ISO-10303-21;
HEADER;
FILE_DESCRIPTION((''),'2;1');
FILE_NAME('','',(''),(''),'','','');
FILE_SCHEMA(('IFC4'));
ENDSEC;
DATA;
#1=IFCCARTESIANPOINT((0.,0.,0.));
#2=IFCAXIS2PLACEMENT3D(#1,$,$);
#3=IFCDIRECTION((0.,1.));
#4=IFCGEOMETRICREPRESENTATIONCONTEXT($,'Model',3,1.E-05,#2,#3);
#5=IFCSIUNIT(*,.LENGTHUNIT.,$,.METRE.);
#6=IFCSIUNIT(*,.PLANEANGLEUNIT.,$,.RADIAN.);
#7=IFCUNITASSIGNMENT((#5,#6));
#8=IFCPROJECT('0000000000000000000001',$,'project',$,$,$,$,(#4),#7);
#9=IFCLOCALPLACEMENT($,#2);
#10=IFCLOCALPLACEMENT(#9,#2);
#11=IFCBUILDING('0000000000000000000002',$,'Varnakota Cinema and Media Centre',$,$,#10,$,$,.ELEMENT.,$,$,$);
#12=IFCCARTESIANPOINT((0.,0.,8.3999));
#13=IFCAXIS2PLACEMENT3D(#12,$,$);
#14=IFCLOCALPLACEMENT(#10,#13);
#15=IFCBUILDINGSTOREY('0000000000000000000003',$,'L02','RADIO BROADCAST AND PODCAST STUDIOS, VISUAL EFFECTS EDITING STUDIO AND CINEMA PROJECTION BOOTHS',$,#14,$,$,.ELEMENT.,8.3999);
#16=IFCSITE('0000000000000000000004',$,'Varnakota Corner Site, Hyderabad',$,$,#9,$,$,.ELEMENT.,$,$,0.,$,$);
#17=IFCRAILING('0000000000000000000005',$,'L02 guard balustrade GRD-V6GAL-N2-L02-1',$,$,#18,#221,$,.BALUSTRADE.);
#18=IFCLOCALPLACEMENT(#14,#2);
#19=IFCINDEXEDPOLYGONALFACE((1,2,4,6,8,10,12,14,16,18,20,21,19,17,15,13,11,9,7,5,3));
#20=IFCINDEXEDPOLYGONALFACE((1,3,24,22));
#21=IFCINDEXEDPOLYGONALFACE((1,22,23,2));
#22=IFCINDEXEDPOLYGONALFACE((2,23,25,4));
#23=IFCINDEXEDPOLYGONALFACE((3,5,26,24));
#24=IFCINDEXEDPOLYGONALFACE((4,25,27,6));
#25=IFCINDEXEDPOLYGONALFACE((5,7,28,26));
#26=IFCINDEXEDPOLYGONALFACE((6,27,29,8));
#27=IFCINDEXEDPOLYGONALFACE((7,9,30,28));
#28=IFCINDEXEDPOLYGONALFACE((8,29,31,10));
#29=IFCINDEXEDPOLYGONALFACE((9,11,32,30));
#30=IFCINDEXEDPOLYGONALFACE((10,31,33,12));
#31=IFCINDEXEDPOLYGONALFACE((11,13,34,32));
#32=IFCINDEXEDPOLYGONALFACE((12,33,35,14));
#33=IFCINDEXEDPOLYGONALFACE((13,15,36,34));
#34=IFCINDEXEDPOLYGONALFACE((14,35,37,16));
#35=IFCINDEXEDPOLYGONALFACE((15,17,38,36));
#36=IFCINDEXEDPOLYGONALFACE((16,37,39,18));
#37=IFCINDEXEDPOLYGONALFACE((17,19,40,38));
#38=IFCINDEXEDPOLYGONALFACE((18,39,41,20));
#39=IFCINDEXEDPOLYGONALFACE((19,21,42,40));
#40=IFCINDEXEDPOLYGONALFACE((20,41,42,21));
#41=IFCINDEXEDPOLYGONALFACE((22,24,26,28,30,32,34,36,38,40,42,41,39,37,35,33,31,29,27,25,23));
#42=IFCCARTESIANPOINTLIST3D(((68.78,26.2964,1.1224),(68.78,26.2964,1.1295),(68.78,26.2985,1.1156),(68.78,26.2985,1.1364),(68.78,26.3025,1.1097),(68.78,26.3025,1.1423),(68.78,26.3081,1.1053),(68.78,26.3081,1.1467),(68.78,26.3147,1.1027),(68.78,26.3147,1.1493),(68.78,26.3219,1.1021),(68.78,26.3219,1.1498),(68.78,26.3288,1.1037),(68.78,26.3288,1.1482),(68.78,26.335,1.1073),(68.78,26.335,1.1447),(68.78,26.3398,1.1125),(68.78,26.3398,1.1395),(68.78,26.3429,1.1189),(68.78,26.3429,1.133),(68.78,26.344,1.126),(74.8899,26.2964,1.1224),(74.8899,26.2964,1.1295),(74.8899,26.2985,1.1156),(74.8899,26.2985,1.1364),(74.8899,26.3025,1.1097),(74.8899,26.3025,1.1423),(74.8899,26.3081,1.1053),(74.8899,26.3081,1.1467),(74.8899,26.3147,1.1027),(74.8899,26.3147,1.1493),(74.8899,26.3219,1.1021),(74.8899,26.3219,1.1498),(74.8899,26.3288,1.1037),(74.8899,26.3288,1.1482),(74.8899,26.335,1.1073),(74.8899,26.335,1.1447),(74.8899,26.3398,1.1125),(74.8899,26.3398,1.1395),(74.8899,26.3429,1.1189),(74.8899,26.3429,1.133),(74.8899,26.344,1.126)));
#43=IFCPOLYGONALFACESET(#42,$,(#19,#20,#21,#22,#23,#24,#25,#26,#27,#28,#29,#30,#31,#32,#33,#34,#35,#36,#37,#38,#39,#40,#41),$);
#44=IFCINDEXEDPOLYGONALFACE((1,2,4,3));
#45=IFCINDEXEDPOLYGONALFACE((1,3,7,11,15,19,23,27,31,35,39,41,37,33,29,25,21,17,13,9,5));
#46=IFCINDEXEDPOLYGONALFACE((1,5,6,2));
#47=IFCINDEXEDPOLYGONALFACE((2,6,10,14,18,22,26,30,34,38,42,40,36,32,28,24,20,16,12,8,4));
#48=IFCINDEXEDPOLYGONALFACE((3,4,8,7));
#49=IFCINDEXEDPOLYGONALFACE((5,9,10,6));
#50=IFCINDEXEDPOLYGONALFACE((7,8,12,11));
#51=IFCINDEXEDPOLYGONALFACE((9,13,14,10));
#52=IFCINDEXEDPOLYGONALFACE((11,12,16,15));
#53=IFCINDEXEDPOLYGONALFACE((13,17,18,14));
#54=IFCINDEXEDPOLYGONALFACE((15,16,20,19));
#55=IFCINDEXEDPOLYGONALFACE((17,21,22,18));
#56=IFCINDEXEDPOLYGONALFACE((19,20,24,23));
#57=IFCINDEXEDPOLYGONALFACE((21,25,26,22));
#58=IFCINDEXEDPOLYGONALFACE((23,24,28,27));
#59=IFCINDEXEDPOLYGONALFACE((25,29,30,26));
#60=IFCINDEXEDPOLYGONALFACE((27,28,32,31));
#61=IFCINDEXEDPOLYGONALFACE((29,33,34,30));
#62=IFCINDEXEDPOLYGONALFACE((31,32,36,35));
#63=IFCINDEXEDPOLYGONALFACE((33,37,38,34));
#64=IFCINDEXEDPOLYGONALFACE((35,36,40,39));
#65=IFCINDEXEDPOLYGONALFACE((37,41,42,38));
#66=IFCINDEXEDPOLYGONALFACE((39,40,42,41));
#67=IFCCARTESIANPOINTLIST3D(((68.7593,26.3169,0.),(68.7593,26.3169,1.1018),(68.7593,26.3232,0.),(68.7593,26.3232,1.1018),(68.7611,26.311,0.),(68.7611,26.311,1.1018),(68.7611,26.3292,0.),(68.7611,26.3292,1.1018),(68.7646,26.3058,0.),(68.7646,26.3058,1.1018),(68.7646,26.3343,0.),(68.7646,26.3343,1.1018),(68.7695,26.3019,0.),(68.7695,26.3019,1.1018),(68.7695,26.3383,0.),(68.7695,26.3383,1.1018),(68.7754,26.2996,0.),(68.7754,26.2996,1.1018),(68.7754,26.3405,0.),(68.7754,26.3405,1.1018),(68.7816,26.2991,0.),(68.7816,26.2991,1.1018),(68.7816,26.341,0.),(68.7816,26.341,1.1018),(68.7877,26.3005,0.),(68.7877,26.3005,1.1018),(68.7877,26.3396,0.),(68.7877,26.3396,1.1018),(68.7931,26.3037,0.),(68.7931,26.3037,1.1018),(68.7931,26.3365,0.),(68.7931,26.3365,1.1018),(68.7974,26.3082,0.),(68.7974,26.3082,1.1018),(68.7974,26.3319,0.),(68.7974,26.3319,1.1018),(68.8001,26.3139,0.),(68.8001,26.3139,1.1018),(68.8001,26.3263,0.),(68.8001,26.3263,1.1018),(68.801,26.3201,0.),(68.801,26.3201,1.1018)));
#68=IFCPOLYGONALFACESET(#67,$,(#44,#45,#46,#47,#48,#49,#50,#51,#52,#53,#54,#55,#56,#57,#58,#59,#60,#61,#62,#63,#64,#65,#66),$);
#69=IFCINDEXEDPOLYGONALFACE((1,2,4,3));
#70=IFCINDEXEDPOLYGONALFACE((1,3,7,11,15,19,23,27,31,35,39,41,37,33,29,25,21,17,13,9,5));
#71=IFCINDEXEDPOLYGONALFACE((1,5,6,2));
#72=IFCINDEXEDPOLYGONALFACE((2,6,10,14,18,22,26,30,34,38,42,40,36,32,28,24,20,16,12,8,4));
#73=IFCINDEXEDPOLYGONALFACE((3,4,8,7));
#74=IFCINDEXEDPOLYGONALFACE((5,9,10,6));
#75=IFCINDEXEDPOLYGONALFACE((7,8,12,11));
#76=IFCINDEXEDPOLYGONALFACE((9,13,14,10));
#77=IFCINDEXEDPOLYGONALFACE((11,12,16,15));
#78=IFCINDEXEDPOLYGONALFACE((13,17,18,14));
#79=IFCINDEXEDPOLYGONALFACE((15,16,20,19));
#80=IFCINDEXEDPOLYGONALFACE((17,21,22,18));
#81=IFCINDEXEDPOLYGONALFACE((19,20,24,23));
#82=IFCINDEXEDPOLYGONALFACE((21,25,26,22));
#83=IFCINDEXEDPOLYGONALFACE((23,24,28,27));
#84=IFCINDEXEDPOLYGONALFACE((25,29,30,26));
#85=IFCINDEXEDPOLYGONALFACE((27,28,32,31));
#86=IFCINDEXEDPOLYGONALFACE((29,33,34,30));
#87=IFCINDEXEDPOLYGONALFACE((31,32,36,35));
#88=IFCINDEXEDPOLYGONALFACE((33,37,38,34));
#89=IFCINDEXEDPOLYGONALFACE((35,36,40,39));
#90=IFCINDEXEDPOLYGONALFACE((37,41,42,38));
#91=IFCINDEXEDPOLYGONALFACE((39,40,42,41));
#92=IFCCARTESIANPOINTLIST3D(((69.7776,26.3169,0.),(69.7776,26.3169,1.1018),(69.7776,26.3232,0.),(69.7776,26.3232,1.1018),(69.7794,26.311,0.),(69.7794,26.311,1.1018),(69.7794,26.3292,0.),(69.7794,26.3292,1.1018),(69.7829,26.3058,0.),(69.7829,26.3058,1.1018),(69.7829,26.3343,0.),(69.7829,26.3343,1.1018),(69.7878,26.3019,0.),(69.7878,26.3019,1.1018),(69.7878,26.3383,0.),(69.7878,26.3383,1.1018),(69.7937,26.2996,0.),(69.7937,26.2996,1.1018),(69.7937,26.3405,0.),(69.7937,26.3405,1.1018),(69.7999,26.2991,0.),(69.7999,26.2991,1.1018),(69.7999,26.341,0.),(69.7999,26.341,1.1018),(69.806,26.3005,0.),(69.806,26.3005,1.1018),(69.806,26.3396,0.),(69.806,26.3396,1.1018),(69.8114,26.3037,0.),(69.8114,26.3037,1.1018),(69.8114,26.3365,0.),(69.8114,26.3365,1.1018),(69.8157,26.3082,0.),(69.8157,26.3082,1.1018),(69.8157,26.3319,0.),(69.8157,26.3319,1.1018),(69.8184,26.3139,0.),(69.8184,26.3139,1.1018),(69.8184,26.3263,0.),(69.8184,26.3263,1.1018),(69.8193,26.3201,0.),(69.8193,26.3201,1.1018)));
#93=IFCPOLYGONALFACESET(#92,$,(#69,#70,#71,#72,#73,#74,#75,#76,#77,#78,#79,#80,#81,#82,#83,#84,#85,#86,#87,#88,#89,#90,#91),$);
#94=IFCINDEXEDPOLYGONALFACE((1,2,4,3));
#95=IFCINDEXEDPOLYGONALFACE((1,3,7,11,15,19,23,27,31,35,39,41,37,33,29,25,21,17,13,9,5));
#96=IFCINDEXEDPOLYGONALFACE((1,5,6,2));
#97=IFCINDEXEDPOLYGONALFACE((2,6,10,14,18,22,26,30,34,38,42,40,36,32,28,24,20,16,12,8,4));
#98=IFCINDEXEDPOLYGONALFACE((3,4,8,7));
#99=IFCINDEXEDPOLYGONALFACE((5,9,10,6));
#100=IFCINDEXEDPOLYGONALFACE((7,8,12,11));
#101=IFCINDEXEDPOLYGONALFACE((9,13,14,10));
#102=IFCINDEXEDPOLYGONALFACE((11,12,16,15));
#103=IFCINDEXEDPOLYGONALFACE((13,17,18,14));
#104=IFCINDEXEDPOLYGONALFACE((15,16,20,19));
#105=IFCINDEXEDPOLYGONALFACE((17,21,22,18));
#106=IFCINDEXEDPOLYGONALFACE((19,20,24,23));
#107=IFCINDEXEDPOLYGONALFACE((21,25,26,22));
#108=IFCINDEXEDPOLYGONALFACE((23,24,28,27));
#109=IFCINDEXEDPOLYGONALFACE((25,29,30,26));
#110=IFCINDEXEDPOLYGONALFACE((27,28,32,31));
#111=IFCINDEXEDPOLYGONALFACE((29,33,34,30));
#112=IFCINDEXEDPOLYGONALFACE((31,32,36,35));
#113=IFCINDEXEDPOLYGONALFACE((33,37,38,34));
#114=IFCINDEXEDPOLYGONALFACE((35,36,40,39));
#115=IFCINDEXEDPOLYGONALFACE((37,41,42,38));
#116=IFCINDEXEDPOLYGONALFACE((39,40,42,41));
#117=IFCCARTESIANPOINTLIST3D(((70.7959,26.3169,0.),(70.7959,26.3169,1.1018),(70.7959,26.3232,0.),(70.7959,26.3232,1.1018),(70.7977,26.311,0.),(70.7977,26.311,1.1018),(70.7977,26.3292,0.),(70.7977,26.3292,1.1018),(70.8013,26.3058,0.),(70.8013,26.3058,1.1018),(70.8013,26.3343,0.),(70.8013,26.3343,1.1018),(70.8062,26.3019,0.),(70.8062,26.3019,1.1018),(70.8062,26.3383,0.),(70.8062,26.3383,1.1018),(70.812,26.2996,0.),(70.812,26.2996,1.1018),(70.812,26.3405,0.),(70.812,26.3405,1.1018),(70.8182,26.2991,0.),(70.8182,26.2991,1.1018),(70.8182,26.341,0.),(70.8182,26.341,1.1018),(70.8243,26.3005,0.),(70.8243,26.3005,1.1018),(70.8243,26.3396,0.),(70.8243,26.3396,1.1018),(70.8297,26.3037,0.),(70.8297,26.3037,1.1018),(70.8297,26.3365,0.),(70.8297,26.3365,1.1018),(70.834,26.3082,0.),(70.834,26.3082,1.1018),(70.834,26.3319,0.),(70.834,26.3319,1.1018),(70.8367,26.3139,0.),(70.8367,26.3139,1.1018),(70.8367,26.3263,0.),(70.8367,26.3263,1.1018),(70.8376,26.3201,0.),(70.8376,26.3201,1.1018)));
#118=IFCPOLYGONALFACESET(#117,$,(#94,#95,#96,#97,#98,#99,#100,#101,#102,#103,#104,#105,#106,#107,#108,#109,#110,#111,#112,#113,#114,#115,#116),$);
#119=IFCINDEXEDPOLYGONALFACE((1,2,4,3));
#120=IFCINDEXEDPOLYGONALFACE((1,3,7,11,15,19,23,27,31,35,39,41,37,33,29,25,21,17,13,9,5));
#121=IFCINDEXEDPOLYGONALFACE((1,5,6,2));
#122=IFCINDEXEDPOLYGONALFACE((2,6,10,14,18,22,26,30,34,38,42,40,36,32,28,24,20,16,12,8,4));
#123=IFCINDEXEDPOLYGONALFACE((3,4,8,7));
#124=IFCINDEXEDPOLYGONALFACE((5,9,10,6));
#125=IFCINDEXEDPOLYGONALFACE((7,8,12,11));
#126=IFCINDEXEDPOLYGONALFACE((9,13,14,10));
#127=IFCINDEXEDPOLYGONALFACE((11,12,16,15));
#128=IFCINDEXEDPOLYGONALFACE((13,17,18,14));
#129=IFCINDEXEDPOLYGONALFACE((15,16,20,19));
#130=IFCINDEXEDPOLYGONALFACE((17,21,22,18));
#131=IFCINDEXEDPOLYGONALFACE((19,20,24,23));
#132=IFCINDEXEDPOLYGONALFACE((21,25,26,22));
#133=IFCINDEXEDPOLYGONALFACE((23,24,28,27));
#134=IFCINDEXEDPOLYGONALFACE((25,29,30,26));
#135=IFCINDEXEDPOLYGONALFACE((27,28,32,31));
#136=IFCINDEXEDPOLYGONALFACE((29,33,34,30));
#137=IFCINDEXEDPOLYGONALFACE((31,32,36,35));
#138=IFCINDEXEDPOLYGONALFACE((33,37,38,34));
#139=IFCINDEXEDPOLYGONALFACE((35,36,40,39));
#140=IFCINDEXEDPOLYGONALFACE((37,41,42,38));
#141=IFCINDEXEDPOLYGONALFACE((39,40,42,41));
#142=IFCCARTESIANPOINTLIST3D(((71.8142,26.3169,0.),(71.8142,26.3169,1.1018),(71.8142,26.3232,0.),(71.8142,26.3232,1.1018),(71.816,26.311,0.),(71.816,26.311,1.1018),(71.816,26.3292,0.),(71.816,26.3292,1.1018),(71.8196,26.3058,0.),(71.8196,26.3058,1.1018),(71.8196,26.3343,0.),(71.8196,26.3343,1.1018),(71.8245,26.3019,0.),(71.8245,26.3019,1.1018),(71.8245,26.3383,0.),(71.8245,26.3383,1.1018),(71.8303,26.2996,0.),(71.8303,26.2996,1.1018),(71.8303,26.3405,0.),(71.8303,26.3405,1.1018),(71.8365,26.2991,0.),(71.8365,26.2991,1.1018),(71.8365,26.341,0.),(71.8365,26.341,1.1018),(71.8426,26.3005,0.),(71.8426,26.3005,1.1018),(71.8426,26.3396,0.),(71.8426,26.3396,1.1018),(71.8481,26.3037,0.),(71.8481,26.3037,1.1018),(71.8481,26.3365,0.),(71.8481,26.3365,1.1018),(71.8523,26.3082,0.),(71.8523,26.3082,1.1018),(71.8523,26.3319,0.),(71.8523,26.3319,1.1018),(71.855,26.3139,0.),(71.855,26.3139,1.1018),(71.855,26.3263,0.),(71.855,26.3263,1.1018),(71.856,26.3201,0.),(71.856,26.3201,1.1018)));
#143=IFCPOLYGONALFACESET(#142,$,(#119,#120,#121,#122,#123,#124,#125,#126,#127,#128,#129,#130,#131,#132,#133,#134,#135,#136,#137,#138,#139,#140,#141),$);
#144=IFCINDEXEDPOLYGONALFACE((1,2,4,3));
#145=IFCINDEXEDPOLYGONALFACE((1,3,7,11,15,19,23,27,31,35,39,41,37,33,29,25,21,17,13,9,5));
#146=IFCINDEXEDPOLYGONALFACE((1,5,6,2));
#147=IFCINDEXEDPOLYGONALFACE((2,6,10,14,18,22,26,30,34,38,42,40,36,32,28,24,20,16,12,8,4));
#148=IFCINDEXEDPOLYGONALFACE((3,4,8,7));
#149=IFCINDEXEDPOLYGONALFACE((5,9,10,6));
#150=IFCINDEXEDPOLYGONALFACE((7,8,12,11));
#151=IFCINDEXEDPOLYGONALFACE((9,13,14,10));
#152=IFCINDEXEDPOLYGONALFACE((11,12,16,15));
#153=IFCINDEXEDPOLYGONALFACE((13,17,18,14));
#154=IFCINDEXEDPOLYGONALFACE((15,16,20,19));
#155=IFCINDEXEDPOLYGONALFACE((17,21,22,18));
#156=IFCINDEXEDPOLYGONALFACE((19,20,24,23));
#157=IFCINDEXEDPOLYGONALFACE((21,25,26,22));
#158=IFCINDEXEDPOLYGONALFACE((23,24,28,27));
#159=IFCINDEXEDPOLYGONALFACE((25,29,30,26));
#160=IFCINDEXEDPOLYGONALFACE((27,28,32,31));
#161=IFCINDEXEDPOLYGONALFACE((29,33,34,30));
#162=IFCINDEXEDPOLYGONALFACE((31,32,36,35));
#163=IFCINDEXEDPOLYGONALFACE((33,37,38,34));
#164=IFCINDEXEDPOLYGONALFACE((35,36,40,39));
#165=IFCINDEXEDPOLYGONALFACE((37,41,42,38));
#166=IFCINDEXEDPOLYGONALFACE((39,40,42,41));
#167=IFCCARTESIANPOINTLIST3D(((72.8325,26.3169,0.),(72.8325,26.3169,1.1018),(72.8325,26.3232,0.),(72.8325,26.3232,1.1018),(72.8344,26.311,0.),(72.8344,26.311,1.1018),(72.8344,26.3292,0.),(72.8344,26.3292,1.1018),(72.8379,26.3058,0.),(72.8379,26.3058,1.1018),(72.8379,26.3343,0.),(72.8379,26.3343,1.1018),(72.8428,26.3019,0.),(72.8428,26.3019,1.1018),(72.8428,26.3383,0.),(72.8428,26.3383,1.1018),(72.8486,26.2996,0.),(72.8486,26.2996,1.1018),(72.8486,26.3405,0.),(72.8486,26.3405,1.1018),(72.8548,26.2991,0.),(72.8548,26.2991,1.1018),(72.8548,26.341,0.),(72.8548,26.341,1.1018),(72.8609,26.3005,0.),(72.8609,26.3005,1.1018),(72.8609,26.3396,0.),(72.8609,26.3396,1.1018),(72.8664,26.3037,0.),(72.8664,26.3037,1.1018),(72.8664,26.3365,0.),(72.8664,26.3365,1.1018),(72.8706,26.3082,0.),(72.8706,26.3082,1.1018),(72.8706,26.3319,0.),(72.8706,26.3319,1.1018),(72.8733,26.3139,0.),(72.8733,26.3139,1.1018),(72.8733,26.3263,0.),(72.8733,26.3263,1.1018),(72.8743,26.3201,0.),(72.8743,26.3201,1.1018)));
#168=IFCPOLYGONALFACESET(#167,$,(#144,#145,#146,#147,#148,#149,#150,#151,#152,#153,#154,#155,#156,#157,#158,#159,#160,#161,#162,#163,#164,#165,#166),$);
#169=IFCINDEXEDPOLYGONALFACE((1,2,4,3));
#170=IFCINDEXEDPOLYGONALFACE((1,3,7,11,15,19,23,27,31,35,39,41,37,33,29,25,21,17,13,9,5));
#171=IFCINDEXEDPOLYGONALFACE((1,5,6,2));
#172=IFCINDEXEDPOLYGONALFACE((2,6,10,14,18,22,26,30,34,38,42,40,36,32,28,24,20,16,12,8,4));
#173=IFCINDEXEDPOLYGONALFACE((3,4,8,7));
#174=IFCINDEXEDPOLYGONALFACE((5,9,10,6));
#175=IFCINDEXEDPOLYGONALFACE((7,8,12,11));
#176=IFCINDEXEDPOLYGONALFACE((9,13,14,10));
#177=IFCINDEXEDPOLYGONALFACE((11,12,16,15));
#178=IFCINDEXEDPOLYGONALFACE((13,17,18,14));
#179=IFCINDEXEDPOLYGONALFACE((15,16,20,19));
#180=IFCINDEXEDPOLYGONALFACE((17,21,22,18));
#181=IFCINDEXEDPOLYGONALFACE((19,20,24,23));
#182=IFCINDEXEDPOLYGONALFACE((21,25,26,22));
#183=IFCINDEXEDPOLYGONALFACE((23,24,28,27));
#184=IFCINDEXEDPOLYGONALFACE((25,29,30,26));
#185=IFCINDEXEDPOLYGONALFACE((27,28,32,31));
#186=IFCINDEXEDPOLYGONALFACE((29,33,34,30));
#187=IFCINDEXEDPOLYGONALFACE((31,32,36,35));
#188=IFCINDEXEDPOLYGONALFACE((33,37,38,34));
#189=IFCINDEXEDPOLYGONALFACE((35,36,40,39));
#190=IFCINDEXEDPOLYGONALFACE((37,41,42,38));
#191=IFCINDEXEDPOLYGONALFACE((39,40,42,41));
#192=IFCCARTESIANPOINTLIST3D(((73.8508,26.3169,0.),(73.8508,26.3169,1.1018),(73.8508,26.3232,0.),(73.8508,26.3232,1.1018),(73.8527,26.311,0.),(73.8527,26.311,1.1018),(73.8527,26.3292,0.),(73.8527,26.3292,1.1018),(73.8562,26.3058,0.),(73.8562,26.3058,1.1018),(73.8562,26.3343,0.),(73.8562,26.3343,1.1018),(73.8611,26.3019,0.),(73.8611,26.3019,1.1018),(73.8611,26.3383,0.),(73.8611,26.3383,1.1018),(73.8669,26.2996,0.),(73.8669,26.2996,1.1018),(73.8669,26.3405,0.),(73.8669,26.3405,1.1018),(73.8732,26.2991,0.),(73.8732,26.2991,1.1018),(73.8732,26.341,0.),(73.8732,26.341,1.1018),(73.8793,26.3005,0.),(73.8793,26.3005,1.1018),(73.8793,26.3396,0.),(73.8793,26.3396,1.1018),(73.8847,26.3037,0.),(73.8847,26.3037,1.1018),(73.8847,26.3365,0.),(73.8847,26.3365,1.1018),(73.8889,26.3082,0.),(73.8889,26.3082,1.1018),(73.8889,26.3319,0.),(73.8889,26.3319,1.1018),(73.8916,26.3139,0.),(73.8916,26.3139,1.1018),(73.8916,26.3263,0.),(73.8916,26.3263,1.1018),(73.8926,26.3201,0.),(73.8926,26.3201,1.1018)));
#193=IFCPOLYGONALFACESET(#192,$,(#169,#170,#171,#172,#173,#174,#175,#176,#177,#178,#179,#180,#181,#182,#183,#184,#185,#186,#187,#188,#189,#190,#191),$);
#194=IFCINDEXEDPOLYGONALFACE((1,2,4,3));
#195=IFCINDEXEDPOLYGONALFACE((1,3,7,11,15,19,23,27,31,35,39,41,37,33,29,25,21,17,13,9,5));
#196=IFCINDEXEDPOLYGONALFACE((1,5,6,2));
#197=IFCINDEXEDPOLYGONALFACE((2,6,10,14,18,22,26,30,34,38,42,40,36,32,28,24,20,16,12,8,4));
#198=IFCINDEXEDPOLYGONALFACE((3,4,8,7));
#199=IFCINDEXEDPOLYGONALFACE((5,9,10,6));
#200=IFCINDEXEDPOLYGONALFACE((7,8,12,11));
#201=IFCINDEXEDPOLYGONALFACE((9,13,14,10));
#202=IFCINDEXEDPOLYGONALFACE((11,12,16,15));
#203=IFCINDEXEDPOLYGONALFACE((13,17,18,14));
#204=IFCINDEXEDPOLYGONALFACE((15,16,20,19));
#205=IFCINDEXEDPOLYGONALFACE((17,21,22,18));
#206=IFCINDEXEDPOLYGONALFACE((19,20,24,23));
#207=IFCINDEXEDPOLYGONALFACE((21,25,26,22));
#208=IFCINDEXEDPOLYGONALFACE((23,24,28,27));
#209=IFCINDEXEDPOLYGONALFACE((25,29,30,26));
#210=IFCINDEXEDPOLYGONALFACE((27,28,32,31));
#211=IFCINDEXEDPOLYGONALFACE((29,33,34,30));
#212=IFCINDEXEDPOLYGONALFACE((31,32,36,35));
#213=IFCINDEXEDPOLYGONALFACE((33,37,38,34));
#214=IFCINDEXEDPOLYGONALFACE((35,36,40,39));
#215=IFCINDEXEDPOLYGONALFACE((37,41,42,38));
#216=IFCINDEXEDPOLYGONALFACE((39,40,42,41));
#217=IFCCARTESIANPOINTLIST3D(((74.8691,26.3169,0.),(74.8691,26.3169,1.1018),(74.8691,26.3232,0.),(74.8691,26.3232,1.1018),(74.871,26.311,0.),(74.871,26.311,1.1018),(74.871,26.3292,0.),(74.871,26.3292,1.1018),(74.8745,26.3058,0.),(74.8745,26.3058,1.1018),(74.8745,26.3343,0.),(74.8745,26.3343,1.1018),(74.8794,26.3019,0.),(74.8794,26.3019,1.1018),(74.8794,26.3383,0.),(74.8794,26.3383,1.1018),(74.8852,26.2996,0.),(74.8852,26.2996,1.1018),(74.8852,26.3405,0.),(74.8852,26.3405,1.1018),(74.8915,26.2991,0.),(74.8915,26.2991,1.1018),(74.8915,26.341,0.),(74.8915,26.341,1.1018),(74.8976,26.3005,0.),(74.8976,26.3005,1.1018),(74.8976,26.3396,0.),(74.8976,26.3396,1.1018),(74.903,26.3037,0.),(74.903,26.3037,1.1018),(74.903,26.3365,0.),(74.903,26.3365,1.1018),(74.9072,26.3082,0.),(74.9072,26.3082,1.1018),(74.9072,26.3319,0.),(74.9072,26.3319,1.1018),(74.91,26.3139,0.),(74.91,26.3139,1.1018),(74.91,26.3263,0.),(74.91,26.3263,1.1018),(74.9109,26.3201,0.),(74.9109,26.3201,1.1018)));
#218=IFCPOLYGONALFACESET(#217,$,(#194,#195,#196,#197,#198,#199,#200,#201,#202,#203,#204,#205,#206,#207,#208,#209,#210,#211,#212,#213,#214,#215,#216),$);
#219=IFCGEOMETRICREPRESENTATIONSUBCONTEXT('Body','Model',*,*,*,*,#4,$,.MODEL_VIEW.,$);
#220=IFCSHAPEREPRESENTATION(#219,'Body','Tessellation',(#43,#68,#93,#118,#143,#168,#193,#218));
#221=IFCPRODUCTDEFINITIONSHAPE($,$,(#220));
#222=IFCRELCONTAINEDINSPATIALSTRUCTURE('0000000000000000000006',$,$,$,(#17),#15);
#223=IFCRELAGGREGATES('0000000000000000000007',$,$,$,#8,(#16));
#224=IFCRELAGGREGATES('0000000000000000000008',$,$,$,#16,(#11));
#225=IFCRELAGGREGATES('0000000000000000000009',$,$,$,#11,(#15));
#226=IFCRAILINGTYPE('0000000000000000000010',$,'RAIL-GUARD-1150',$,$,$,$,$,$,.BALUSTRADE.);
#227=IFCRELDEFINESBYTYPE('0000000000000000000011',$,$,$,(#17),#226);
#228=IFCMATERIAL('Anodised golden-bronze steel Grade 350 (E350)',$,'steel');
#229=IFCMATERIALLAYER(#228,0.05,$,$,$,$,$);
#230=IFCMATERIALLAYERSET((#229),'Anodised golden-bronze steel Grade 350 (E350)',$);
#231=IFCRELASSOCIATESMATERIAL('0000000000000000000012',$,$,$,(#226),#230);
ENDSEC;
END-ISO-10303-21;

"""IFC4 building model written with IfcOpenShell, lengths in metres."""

from ifc_helpers import new_model, si_unit, direction, frame, origin, origin_2d, place, context, subcontext, project, spatial, circle, extrude, material, layer, layer_set, type_object, element, save


model = new_model("IFC4")

# Units and contexts
model_context = context("Model", 3, precision=1e-05, world=origin(), true_north=direction((0.0, 1.0)))
body_context = subcontext(model_context, "Body", "Model", "MODEL_VIEW")
ifc_project = project(units=[si_unit("LENGTHUNIT", "METRE"), si_unit("PLANEANGLEUNIT", "RADIAN")], contexts=[model_context])

# Site, building, storey
site_placement = place(None, origin())
site = spatial("IfcSite", under=ifc_project, at=site_placement, Name="Varnakota Corner Site, Hyderabad", CompositionType="ELEMENT", RefElevation=0.0)
building_placement = place(site_placement, origin())
building = spatial("IfcBuilding", under=site, at=building_placement, Name="Varnakota Cinema and Media Centre", CompositionType="ELEMENT")
storey_placement = place(building_placement, frame((0.0, 0.0, 8.3999)))
storey = spatial("IfcBuildingStorey", under=building, at=storey_placement, Name="L02", Description="RADIO BROADCAST AND PODCAST STUDIOS, VISUAL EFFECTS EDITING STUDIO AND CINEMA PROJECTION BOOTHS", CompositionType="ELEMENT", Elevation=8.3999)

# Railing
ifc_material_1 = material(Name="Anodised golden-bronze steel Grade 350 (E350)", Category="steel")
ifc_layer_1 = layer(ifc_material_1, 0.05)
ifc_layer_set_1 = layer_set([ifc_layer_1], Name="Anodised golden-bronze steel Grade 350 (E350)")
railing_type_1 = type_object("IfcRailingType", Name="RAIL-GUARD-1150", PredefinedType="BALUSTRADE", material=ifc_layer_set_1)
railing_1_placement = place(storey_placement, frame((68.78, 26.3201, 0.0)))
element("IfcRailing", 1, at=railing_1_placement, inside=storey, type_object=railing_type_1, Name="L02 guard balustrade GRD-V6GAL-N2-L02-1", PredefinedType="BALUSTRADE", context=body_context, shape_type="SweptSolid", body=[
    extrude(circle(Radius=0.0239, at=origin_2d()), frame((0.0, 0.0, 1.126), z_axis=(1.0, 0.0, 0.0), x_axis=(0.0, 1.0, 0.0)), (0.0, 0.0, 1.0), 6.1099),
    extrude(circle(Radius=0.021, at=origin_2d()), origin(), (0.0, 0.0, 1.0), 1.1018),
    extrude(circle(Radius=0.021, at=origin_2d()), frame((1.0183, 0.0, 0.0)), (0.0, 0.0, 1.0), 1.1018),
    extrude(circle(Radius=0.021, at=origin_2d()), frame((2.0366, 0.0, 0.0)), (0.0, 0.0, 1.0), 1.1018),
    extrude(circle(Radius=0.021, at=origin_2d()), frame((3.0549, 0.0, 0.0)), (0.0, 0.0, 1.0), 1.1018),
    extrude(circle(Radius=0.021, at=origin_2d()), frame((4.0732, 0.0, 0.0)), (0.0, 0.0, 1.0), 1.1018),
    extrude(circle(Radius=0.021, at=origin_2d()), frame((5.0916, 0.0, 0.0)), (0.0, 0.0, 1.0), 1.1018),
    extrude(circle(Radius=0.021, at=origin_2d()), frame((6.1099, 0.0, 0.0)), (0.0, 0.0, 1.0), 1.1018),
])

save(model, "model.ifc")
